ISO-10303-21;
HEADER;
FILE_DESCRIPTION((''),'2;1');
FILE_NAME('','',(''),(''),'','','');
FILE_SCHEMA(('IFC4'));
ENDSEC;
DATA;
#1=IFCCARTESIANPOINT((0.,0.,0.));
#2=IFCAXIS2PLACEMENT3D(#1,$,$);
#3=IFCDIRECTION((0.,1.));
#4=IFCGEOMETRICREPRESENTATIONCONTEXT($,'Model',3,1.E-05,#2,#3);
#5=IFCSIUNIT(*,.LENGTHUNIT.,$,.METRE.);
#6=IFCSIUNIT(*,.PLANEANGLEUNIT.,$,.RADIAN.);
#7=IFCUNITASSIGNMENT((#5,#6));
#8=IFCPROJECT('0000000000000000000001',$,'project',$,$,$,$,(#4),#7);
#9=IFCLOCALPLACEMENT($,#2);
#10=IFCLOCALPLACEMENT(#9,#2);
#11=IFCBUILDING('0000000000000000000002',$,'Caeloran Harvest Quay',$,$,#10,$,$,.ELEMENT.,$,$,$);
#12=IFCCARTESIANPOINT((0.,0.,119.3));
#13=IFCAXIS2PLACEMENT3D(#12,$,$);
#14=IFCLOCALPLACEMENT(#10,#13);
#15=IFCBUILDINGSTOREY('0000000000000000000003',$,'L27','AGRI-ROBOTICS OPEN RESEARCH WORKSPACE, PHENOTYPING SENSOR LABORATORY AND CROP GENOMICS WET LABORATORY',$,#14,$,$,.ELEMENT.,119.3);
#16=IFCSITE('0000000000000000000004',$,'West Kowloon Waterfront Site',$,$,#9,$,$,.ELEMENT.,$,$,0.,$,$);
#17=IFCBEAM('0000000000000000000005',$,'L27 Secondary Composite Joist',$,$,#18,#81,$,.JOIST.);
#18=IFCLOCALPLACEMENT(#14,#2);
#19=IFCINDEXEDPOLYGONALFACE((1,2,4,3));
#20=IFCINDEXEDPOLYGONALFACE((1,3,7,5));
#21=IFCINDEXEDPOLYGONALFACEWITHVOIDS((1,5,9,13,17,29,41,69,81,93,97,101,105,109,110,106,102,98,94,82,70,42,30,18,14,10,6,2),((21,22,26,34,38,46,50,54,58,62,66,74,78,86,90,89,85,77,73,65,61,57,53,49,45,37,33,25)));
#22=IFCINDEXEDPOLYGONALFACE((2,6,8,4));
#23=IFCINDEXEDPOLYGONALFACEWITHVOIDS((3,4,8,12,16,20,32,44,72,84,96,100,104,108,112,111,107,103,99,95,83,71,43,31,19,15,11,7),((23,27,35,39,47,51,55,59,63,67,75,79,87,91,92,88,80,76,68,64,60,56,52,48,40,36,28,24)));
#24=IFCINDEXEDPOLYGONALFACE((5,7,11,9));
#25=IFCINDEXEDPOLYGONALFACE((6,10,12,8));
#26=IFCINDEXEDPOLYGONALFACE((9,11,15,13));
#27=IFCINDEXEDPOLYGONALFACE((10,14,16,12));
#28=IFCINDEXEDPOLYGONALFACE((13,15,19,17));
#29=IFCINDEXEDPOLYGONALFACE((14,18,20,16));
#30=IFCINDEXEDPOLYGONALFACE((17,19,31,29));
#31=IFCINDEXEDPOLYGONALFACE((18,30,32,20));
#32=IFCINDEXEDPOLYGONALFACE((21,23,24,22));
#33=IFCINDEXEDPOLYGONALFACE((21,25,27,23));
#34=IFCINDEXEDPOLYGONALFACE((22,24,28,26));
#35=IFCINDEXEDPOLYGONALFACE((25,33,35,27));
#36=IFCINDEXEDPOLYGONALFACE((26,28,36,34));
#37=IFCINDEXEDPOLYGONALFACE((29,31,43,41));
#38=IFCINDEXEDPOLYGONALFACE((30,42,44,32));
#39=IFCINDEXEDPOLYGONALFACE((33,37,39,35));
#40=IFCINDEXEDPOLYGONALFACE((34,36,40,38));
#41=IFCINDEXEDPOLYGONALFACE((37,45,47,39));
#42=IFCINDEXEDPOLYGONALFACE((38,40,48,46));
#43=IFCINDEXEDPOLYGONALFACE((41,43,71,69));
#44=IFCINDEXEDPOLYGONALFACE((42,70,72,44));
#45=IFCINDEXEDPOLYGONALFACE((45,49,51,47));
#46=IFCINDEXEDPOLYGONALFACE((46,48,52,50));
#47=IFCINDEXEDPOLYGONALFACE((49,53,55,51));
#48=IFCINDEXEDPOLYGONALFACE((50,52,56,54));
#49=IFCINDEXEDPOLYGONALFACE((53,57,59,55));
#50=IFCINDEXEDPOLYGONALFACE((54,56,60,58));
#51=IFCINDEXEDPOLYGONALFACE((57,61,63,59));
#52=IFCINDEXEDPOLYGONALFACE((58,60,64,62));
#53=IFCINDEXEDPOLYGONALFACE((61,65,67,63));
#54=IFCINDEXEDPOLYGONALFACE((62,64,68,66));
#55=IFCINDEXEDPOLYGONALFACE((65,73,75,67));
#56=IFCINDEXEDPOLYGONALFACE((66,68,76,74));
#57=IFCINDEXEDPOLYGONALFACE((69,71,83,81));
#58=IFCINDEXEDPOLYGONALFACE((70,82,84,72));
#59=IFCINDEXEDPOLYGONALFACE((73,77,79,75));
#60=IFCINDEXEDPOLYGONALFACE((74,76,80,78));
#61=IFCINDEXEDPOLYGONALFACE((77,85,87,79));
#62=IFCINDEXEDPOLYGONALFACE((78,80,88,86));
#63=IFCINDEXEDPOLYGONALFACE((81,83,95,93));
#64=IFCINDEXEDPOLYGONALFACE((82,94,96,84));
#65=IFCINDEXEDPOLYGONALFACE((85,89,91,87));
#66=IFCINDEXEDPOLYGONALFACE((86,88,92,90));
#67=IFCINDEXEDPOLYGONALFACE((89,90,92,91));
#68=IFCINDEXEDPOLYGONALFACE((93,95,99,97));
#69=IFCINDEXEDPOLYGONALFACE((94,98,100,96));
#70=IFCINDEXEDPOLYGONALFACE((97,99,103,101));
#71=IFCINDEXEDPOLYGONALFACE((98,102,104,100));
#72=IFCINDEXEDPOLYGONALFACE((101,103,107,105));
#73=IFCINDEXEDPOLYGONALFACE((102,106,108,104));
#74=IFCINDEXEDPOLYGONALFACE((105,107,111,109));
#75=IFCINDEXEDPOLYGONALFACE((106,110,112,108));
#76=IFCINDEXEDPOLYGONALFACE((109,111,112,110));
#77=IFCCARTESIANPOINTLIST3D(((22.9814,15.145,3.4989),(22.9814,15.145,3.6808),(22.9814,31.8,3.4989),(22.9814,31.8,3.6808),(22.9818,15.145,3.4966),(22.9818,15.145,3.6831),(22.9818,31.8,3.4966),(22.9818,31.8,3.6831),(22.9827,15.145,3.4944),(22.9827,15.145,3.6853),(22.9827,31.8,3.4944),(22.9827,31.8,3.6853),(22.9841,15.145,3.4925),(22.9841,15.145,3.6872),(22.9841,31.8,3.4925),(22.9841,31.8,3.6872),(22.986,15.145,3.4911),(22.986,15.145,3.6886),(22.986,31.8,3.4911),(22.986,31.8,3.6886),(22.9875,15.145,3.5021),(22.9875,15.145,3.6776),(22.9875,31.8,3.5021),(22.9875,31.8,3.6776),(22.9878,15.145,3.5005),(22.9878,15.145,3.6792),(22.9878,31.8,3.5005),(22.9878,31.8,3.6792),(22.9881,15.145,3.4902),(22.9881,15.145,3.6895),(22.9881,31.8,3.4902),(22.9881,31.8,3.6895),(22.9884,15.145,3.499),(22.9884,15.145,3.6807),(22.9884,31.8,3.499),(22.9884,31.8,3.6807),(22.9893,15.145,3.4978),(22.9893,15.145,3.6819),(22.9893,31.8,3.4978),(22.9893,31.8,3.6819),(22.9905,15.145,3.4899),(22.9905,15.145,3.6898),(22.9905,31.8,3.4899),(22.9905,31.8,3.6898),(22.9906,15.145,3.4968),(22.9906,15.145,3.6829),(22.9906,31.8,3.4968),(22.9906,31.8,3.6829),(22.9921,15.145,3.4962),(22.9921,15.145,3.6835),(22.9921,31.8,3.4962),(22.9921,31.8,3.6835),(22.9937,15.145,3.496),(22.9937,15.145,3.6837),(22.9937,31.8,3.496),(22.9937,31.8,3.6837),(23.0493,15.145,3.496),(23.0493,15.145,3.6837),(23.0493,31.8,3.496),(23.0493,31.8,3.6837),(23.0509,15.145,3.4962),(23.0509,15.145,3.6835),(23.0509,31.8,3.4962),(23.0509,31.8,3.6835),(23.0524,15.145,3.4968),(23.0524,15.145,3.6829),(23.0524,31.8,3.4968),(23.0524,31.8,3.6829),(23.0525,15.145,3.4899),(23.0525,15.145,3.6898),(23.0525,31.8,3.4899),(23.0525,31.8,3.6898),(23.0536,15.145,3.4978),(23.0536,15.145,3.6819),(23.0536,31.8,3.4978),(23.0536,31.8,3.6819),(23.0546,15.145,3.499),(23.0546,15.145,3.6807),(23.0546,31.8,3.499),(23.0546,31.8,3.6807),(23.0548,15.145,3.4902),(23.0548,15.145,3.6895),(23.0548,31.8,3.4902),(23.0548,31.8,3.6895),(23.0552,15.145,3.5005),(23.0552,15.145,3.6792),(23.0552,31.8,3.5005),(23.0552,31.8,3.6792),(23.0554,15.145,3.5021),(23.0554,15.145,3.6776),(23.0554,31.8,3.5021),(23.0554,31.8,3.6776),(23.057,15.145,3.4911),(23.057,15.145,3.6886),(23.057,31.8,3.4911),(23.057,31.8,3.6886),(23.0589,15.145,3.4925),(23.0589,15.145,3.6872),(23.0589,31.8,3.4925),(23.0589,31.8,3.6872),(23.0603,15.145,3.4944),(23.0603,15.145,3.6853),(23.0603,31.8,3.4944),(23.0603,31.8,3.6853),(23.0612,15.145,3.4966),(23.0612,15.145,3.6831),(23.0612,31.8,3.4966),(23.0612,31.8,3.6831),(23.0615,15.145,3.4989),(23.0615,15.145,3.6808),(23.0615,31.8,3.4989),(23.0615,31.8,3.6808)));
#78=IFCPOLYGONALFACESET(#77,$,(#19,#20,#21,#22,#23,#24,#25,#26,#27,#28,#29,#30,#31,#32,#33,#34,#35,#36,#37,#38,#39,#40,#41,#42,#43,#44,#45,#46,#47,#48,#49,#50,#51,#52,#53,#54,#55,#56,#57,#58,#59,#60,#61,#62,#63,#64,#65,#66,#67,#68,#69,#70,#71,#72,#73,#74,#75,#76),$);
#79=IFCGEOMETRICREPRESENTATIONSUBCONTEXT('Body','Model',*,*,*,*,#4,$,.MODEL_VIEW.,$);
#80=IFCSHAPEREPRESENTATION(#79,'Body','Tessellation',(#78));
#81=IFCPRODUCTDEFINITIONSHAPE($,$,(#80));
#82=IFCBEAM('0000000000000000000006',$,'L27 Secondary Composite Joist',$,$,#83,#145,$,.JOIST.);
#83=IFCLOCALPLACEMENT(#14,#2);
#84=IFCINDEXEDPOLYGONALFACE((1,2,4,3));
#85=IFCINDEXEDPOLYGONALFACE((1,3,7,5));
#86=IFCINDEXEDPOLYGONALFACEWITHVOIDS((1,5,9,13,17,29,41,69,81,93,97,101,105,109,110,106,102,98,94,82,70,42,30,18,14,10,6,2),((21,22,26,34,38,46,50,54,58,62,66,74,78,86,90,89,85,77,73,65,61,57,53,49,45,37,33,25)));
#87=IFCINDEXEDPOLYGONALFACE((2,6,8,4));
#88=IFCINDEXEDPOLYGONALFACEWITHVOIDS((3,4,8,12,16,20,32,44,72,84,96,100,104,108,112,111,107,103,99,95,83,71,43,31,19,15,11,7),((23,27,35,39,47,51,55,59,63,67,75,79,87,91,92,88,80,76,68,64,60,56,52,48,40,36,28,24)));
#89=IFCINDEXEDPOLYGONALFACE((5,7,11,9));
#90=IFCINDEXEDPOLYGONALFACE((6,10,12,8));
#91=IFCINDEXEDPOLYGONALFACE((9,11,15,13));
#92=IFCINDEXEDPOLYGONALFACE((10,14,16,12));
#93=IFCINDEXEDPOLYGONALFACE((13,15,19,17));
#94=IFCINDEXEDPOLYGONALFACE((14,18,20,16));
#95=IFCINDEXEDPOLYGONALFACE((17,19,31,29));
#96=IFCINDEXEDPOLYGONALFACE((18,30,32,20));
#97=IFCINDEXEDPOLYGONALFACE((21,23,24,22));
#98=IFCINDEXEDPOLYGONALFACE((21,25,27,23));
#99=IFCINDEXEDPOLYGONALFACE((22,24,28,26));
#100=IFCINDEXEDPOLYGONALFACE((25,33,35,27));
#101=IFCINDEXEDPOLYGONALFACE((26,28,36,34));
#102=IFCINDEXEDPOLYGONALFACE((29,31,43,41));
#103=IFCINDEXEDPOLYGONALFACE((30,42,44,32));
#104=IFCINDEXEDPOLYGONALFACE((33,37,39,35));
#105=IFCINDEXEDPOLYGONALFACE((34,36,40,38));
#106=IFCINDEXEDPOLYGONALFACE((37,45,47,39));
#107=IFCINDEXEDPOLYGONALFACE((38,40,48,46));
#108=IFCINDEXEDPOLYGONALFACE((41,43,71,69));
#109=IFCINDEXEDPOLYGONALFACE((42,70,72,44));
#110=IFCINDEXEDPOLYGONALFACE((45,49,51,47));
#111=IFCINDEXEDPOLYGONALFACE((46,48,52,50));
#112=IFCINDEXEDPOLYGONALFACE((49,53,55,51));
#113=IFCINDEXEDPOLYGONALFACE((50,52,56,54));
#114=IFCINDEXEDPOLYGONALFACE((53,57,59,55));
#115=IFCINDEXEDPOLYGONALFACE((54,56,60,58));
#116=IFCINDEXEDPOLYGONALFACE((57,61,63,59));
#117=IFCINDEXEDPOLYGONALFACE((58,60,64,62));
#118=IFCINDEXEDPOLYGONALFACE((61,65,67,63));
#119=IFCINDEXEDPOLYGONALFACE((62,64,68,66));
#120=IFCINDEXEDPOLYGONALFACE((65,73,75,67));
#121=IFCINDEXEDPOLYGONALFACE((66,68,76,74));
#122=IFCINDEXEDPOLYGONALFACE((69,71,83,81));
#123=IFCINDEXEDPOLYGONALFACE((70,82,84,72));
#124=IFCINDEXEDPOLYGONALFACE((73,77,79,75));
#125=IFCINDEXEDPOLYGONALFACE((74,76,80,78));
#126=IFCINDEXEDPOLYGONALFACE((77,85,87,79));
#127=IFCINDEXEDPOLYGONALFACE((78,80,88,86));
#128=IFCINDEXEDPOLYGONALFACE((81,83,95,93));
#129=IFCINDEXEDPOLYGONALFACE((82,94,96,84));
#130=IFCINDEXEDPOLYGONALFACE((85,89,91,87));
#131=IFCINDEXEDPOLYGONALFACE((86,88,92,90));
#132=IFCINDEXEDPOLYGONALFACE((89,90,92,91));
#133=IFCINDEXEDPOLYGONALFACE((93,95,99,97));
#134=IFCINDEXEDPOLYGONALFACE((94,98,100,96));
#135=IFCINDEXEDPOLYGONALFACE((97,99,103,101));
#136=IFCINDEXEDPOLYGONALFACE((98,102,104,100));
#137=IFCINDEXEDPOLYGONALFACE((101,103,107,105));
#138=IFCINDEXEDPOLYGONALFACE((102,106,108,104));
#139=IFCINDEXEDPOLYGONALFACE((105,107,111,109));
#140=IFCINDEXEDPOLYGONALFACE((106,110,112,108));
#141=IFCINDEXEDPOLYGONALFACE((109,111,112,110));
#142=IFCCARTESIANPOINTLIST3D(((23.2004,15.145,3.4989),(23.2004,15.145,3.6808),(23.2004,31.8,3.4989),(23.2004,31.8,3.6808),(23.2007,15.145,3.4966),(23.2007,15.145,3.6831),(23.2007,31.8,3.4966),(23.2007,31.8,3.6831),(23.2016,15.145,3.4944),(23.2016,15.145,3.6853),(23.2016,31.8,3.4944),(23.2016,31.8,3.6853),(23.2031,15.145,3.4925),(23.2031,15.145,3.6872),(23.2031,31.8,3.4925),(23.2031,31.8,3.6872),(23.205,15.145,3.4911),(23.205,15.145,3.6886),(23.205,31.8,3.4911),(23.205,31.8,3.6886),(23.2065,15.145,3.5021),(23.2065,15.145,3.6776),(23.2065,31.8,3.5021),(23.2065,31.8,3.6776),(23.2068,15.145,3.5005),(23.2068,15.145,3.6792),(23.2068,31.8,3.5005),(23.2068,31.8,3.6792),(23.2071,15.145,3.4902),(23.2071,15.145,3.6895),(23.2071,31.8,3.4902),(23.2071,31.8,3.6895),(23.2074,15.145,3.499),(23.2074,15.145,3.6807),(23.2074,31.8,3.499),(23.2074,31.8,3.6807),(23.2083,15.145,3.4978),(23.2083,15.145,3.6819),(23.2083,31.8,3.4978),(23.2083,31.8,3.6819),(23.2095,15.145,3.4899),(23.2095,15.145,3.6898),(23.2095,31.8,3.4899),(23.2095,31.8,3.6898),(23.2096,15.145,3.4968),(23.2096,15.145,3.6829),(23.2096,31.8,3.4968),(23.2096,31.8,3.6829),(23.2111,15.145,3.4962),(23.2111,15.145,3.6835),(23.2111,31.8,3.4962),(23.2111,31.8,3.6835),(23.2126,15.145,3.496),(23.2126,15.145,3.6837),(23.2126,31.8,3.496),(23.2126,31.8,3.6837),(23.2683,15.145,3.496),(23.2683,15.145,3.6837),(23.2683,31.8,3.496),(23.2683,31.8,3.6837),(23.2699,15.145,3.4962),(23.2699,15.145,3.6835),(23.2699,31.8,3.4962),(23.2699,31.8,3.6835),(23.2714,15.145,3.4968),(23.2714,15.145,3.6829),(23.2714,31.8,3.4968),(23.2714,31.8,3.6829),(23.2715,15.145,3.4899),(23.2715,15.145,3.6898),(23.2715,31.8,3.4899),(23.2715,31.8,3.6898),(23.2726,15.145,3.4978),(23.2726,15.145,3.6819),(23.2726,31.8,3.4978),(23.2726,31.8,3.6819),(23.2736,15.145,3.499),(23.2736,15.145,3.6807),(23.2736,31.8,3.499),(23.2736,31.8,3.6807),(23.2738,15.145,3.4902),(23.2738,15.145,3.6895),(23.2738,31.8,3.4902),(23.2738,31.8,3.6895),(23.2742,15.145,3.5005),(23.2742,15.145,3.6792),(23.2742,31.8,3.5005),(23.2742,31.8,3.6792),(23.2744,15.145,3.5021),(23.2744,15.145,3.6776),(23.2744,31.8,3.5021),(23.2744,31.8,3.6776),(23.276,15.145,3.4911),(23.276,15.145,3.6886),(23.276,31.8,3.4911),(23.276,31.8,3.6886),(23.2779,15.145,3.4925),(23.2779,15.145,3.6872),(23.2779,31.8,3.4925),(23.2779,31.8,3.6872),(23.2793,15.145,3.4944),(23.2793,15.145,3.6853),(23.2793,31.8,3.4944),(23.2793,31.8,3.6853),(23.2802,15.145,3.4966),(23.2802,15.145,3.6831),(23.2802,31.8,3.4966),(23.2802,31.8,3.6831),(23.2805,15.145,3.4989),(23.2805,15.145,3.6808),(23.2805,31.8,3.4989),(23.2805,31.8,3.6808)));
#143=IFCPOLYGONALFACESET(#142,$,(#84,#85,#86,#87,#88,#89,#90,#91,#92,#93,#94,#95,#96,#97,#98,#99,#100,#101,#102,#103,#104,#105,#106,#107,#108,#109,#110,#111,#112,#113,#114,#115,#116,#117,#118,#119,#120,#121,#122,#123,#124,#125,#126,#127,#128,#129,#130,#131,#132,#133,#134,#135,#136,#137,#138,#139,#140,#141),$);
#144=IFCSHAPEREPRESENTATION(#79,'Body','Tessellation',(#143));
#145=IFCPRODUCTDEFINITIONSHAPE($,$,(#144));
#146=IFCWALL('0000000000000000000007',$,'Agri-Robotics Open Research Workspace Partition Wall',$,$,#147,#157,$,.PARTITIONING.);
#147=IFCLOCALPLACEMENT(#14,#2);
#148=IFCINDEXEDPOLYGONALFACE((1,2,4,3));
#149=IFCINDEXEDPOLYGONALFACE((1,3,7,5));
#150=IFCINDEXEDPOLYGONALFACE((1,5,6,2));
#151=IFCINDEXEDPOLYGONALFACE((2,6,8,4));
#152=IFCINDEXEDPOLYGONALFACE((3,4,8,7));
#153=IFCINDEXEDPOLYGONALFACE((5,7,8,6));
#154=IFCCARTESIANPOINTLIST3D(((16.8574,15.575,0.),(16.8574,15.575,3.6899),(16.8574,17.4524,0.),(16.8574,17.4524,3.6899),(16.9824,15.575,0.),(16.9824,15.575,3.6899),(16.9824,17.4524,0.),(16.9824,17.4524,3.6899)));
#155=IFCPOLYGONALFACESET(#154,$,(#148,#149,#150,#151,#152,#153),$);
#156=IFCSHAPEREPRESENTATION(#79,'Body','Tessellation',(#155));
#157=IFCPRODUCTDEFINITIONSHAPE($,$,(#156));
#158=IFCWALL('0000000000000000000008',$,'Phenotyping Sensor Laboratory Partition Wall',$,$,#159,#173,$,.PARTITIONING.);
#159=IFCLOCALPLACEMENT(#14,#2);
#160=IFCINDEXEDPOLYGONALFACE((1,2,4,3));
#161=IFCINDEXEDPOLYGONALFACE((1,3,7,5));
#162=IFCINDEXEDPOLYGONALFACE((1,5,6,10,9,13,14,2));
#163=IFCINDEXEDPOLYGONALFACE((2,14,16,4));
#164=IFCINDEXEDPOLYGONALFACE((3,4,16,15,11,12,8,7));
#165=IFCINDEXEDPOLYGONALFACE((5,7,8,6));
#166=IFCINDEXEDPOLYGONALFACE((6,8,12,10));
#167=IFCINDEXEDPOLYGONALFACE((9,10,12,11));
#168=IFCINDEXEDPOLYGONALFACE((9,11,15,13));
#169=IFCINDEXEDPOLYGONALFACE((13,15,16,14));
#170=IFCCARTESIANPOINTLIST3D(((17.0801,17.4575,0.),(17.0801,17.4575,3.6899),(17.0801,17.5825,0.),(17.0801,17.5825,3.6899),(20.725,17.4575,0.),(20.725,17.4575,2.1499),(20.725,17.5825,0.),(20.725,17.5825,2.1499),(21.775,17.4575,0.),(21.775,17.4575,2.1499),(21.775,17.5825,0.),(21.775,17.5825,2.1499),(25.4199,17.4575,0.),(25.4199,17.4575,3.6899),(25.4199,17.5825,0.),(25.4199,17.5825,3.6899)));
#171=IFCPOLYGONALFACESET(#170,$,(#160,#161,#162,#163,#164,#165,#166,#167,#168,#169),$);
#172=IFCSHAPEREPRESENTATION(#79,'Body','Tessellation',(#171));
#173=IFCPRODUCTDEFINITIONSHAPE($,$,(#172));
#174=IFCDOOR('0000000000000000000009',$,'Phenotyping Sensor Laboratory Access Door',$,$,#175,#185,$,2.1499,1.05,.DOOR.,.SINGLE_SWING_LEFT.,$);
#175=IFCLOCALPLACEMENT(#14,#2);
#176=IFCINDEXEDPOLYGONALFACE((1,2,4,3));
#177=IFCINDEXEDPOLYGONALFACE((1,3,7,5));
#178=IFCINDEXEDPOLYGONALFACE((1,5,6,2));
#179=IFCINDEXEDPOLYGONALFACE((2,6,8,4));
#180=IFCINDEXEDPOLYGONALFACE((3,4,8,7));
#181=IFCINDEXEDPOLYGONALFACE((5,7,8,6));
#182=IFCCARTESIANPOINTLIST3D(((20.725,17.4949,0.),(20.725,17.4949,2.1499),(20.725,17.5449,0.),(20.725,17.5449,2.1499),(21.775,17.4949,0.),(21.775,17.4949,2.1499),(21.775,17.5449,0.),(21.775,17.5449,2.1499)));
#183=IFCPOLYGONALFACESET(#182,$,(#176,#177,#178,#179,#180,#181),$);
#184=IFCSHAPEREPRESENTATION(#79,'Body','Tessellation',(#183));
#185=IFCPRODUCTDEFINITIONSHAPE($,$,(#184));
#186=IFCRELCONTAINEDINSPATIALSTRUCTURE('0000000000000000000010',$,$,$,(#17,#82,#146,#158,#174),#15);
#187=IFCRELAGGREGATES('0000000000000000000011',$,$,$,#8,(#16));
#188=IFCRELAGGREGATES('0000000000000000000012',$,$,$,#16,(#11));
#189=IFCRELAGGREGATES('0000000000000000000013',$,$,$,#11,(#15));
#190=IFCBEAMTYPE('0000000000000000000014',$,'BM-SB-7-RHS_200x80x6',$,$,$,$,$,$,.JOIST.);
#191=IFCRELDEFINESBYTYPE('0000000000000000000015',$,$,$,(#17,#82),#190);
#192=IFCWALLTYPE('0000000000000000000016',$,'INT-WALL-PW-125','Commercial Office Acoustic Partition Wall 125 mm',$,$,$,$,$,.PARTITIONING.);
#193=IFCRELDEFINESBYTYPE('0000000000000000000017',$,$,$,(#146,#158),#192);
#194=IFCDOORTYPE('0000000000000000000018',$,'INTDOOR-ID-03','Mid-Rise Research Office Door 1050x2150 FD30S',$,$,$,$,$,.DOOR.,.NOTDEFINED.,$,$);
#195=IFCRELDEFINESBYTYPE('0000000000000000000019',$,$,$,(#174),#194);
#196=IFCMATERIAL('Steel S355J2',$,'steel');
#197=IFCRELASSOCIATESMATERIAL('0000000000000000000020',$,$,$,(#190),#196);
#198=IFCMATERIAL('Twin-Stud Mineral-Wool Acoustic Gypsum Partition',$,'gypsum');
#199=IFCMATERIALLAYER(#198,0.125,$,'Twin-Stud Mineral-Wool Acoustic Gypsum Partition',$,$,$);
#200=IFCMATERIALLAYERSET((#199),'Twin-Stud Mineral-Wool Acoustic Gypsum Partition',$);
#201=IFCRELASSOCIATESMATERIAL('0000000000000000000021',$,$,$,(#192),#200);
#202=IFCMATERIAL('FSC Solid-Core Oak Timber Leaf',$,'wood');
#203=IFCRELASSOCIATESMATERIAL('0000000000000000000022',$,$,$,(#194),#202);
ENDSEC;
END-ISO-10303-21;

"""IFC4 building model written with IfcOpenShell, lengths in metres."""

from ifc_helpers import new_model, si_unit, direction, frame, frame_2d, origin, origin_2d, place, context, subcontext, project, spatial, rectangle, hollow_rectangle, extrude, material, layer, layer_set, material_profile, profile_set, type_object, element, fill, save


model = new_model("IFC4")

# Units and contexts
model_context = context("Model", 3, precision=1e-05, world=origin(), true_north=direction((0.0, 1.0)))
body_context = subcontext(model_context, "Body", "Model", "MODEL_VIEW")
ifc_project = project(units=[si_unit("LENGTHUNIT", "METRE"), si_unit("PLANEANGLEUNIT", "RADIAN")], contexts=[model_context])

# Site, building, storey
site_placement = place(None, origin())
site = spatial("IfcSite", under=ifc_project, at=site_placement, Name="West Kowloon Waterfront Site", CompositionType="ELEMENT", RefElevation=0.0)
building_placement = place(site_placement, origin())
building = spatial("IfcBuilding", under=site, at=building_placement, Name="Caeloran Harvest Quay", CompositionType="ELEMENT")
storey_placement = place(building_placement, frame((0.0, 0.0, 119.3)))
storey = spatial("IfcBuildingStorey", under=building, at=storey_placement, Name="L27", Description="AGRI-ROBOTICS OPEN RESEARCH WORKSPACE, PHENOTYPING SENSOR LABORATORY AND CROP GENOMICS WET LABORATORY", CompositionType="ELEMENT", Elevation=119.3)

# Beams
ifc_material_1 = material(Name="Steel S355J2", Category="steel")
ifc_material_profile_1 = material_profile(ifc_material_1, hollow_rectangle(XDim=0.0801, YDim=0.2, WallThickness=0.0061, InnerFilletRadius=0.0061, OuterFilletRadius=0.009, at=origin_2d()), Name="RHS 200x80x6")
ifc_profile_set_1 = profile_set([ifc_material_profile_1], Name="Steel S355J2")
beam_type_1 = type_object("IfcBeamType", Name="BM-SB-7-RHS_200x80x6", PredefinedType="JOIST", material=ifc_profile_set_1)
for number, where, z_axis, x_axis, name in (
    (1, (23.0215, 15.145, 3.5898), (0.0, 1.0, 0.0), (-1.0, 0.0, 0.0), "L27 Secondary Composite Joist"),
    (2, (23.2405, 15.145, 3.5898), (0.0, 1.0, 0.0), (-1.0, 0.0, 0.0), "L27 Secondary Composite Joist"),
):
    element("IfcBeam", number, at=place(storey_placement, frame(where, z_axis=z_axis, x_axis=x_axis)), inside=storey, type_object=beam_type_1, Name=name, PredefinedType="JOIST", context=body_context, shape_type="SweptSolid", body=[
        extrude(hollow_rectangle(XDim=0.0801, YDim=0.2, WallThickness=0.0061, InnerFilletRadius=0.0061, OuterFilletRadius=0.009, at=origin_2d()), origin(), (0.0, 0.0, 1.0), 16.655),
    ])

# Wall
ifc_material_2 = material(Name="Twin-Stud Mineral-Wool Acoustic Gypsum Partition", Category="gypsum")
ifc_layer_1 = layer(ifc_material_2, 0.125, Name="Twin-Stud Mineral-Wool Acoustic Gypsum Partition")
ifc_layer_set_1 = layer_set([ifc_layer_1], Name="Twin-Stud Mineral-Wool Acoustic Gypsum Partition")
wall_type_1 = type_object("IfcWallType", Name="INT-WALL-PW-125", Description="Commercial Office Acoustic Partition Wall 125 mm", PredefinedType="PARTITIONING", material=ifc_layer_set_1)
wall_1_placement = place(storey_placement, frame((16.9199, 17.4524, 0.0), z_axis=(0.0, 0.0, 1.0), x_axis=(0.0, -1.0, 0.0)))
element("IfcWall", 3, at=wall_1_placement, inside=storey, type_object=wall_type_1, Name="Agri-Robotics Open Research Workspace Partition Wall", PredefinedType="PARTITIONING", context=body_context, shape_type="SweptSolid", body=[
    extrude(rectangle(XDim=1.8774, YDim=0.125, at=frame_2d((0.9387, 0.0))), origin(), (0.0, 0.0, 1.0), 3.6899),
])

# Wall, opening, door
wall_2_placement = place(storey_placement, frame((17.0801, 17.52, 0.0), z_axis=(0.0, 0.0, 1.0), x_axis=(1.0, 0.0, 0.0)))
wall_2 = element("IfcWall", 4, at=wall_2_placement, inside=storey, type_object=wall_type_1, Name="Phenotyping Sensor Laboratory Partition Wall", PredefinedType="PARTITIONING", context=body_context, shape_type="SweptSolid", body=[
    extrude(rectangle(XDim=8.3398, YDim=0.125, at=frame_2d((4.1699, 0.0))), origin(), (0.0, 0.0, 1.0), 3.6899),
])
opening_1_placement = place(wall_2_placement, frame((3.645, 0.0, 0.0)))
opening_1 = element("IfcOpeningElement", 5, at=opening_1_placement, cuts=wall_2, PredefinedType="OPENING", context=body_context, shape_type="SweptSolid", body=[
    extrude(rectangle(XDim=1.05, YDim=2.1499, at=frame_2d((0.5249, 1.075))), frame((0.0, 0.0725, 0.0), z_axis=(0.0, -1.0, 0.0), x_axis=(1.0, 0.0, 0.0)), (0.0, 0.0, 1.0), 0.145),
])
ifc_material_3 = material(Name="FSC Solid-Core Oak Timber Leaf", Category="wood")
door_type_1 = type_object("IfcDoorType", Name="INTDOOR-ID-03", Description="Mid-Rise Research Office Door 1050x2150 FD30S", OperationType="NOTDEFINED", PredefinedType="DOOR", material=ifc_material_3)
door_1_placement = place(opening_1_placement, origin())
door_1 = element("IfcDoor", 6, at=door_1_placement, inside=storey, type_object=door_type_1, Name="Phenotyping Sensor Laboratory Access Door", OperationType="SINGLE_SWING_LEFT", OverallHeight=2.1499, OverallWidth=1.05, PredefinedType="DOOR", context=body_context, shape_type="SweptSolid", body=[
    extrude(rectangle(XDim=1.05, YDim=2.1499, at=frame_2d((0.5249, 1.075))), frame((0.0, 0.0249, 0.0), z_axis=(0.0, -1.0, 0.0), x_axis=(1.0, 0.0, 0.0)), (0.0, 0.0, 1.0), 0.05),
])
fill(opening_1, door_1)

save(model, "model.ifc")
